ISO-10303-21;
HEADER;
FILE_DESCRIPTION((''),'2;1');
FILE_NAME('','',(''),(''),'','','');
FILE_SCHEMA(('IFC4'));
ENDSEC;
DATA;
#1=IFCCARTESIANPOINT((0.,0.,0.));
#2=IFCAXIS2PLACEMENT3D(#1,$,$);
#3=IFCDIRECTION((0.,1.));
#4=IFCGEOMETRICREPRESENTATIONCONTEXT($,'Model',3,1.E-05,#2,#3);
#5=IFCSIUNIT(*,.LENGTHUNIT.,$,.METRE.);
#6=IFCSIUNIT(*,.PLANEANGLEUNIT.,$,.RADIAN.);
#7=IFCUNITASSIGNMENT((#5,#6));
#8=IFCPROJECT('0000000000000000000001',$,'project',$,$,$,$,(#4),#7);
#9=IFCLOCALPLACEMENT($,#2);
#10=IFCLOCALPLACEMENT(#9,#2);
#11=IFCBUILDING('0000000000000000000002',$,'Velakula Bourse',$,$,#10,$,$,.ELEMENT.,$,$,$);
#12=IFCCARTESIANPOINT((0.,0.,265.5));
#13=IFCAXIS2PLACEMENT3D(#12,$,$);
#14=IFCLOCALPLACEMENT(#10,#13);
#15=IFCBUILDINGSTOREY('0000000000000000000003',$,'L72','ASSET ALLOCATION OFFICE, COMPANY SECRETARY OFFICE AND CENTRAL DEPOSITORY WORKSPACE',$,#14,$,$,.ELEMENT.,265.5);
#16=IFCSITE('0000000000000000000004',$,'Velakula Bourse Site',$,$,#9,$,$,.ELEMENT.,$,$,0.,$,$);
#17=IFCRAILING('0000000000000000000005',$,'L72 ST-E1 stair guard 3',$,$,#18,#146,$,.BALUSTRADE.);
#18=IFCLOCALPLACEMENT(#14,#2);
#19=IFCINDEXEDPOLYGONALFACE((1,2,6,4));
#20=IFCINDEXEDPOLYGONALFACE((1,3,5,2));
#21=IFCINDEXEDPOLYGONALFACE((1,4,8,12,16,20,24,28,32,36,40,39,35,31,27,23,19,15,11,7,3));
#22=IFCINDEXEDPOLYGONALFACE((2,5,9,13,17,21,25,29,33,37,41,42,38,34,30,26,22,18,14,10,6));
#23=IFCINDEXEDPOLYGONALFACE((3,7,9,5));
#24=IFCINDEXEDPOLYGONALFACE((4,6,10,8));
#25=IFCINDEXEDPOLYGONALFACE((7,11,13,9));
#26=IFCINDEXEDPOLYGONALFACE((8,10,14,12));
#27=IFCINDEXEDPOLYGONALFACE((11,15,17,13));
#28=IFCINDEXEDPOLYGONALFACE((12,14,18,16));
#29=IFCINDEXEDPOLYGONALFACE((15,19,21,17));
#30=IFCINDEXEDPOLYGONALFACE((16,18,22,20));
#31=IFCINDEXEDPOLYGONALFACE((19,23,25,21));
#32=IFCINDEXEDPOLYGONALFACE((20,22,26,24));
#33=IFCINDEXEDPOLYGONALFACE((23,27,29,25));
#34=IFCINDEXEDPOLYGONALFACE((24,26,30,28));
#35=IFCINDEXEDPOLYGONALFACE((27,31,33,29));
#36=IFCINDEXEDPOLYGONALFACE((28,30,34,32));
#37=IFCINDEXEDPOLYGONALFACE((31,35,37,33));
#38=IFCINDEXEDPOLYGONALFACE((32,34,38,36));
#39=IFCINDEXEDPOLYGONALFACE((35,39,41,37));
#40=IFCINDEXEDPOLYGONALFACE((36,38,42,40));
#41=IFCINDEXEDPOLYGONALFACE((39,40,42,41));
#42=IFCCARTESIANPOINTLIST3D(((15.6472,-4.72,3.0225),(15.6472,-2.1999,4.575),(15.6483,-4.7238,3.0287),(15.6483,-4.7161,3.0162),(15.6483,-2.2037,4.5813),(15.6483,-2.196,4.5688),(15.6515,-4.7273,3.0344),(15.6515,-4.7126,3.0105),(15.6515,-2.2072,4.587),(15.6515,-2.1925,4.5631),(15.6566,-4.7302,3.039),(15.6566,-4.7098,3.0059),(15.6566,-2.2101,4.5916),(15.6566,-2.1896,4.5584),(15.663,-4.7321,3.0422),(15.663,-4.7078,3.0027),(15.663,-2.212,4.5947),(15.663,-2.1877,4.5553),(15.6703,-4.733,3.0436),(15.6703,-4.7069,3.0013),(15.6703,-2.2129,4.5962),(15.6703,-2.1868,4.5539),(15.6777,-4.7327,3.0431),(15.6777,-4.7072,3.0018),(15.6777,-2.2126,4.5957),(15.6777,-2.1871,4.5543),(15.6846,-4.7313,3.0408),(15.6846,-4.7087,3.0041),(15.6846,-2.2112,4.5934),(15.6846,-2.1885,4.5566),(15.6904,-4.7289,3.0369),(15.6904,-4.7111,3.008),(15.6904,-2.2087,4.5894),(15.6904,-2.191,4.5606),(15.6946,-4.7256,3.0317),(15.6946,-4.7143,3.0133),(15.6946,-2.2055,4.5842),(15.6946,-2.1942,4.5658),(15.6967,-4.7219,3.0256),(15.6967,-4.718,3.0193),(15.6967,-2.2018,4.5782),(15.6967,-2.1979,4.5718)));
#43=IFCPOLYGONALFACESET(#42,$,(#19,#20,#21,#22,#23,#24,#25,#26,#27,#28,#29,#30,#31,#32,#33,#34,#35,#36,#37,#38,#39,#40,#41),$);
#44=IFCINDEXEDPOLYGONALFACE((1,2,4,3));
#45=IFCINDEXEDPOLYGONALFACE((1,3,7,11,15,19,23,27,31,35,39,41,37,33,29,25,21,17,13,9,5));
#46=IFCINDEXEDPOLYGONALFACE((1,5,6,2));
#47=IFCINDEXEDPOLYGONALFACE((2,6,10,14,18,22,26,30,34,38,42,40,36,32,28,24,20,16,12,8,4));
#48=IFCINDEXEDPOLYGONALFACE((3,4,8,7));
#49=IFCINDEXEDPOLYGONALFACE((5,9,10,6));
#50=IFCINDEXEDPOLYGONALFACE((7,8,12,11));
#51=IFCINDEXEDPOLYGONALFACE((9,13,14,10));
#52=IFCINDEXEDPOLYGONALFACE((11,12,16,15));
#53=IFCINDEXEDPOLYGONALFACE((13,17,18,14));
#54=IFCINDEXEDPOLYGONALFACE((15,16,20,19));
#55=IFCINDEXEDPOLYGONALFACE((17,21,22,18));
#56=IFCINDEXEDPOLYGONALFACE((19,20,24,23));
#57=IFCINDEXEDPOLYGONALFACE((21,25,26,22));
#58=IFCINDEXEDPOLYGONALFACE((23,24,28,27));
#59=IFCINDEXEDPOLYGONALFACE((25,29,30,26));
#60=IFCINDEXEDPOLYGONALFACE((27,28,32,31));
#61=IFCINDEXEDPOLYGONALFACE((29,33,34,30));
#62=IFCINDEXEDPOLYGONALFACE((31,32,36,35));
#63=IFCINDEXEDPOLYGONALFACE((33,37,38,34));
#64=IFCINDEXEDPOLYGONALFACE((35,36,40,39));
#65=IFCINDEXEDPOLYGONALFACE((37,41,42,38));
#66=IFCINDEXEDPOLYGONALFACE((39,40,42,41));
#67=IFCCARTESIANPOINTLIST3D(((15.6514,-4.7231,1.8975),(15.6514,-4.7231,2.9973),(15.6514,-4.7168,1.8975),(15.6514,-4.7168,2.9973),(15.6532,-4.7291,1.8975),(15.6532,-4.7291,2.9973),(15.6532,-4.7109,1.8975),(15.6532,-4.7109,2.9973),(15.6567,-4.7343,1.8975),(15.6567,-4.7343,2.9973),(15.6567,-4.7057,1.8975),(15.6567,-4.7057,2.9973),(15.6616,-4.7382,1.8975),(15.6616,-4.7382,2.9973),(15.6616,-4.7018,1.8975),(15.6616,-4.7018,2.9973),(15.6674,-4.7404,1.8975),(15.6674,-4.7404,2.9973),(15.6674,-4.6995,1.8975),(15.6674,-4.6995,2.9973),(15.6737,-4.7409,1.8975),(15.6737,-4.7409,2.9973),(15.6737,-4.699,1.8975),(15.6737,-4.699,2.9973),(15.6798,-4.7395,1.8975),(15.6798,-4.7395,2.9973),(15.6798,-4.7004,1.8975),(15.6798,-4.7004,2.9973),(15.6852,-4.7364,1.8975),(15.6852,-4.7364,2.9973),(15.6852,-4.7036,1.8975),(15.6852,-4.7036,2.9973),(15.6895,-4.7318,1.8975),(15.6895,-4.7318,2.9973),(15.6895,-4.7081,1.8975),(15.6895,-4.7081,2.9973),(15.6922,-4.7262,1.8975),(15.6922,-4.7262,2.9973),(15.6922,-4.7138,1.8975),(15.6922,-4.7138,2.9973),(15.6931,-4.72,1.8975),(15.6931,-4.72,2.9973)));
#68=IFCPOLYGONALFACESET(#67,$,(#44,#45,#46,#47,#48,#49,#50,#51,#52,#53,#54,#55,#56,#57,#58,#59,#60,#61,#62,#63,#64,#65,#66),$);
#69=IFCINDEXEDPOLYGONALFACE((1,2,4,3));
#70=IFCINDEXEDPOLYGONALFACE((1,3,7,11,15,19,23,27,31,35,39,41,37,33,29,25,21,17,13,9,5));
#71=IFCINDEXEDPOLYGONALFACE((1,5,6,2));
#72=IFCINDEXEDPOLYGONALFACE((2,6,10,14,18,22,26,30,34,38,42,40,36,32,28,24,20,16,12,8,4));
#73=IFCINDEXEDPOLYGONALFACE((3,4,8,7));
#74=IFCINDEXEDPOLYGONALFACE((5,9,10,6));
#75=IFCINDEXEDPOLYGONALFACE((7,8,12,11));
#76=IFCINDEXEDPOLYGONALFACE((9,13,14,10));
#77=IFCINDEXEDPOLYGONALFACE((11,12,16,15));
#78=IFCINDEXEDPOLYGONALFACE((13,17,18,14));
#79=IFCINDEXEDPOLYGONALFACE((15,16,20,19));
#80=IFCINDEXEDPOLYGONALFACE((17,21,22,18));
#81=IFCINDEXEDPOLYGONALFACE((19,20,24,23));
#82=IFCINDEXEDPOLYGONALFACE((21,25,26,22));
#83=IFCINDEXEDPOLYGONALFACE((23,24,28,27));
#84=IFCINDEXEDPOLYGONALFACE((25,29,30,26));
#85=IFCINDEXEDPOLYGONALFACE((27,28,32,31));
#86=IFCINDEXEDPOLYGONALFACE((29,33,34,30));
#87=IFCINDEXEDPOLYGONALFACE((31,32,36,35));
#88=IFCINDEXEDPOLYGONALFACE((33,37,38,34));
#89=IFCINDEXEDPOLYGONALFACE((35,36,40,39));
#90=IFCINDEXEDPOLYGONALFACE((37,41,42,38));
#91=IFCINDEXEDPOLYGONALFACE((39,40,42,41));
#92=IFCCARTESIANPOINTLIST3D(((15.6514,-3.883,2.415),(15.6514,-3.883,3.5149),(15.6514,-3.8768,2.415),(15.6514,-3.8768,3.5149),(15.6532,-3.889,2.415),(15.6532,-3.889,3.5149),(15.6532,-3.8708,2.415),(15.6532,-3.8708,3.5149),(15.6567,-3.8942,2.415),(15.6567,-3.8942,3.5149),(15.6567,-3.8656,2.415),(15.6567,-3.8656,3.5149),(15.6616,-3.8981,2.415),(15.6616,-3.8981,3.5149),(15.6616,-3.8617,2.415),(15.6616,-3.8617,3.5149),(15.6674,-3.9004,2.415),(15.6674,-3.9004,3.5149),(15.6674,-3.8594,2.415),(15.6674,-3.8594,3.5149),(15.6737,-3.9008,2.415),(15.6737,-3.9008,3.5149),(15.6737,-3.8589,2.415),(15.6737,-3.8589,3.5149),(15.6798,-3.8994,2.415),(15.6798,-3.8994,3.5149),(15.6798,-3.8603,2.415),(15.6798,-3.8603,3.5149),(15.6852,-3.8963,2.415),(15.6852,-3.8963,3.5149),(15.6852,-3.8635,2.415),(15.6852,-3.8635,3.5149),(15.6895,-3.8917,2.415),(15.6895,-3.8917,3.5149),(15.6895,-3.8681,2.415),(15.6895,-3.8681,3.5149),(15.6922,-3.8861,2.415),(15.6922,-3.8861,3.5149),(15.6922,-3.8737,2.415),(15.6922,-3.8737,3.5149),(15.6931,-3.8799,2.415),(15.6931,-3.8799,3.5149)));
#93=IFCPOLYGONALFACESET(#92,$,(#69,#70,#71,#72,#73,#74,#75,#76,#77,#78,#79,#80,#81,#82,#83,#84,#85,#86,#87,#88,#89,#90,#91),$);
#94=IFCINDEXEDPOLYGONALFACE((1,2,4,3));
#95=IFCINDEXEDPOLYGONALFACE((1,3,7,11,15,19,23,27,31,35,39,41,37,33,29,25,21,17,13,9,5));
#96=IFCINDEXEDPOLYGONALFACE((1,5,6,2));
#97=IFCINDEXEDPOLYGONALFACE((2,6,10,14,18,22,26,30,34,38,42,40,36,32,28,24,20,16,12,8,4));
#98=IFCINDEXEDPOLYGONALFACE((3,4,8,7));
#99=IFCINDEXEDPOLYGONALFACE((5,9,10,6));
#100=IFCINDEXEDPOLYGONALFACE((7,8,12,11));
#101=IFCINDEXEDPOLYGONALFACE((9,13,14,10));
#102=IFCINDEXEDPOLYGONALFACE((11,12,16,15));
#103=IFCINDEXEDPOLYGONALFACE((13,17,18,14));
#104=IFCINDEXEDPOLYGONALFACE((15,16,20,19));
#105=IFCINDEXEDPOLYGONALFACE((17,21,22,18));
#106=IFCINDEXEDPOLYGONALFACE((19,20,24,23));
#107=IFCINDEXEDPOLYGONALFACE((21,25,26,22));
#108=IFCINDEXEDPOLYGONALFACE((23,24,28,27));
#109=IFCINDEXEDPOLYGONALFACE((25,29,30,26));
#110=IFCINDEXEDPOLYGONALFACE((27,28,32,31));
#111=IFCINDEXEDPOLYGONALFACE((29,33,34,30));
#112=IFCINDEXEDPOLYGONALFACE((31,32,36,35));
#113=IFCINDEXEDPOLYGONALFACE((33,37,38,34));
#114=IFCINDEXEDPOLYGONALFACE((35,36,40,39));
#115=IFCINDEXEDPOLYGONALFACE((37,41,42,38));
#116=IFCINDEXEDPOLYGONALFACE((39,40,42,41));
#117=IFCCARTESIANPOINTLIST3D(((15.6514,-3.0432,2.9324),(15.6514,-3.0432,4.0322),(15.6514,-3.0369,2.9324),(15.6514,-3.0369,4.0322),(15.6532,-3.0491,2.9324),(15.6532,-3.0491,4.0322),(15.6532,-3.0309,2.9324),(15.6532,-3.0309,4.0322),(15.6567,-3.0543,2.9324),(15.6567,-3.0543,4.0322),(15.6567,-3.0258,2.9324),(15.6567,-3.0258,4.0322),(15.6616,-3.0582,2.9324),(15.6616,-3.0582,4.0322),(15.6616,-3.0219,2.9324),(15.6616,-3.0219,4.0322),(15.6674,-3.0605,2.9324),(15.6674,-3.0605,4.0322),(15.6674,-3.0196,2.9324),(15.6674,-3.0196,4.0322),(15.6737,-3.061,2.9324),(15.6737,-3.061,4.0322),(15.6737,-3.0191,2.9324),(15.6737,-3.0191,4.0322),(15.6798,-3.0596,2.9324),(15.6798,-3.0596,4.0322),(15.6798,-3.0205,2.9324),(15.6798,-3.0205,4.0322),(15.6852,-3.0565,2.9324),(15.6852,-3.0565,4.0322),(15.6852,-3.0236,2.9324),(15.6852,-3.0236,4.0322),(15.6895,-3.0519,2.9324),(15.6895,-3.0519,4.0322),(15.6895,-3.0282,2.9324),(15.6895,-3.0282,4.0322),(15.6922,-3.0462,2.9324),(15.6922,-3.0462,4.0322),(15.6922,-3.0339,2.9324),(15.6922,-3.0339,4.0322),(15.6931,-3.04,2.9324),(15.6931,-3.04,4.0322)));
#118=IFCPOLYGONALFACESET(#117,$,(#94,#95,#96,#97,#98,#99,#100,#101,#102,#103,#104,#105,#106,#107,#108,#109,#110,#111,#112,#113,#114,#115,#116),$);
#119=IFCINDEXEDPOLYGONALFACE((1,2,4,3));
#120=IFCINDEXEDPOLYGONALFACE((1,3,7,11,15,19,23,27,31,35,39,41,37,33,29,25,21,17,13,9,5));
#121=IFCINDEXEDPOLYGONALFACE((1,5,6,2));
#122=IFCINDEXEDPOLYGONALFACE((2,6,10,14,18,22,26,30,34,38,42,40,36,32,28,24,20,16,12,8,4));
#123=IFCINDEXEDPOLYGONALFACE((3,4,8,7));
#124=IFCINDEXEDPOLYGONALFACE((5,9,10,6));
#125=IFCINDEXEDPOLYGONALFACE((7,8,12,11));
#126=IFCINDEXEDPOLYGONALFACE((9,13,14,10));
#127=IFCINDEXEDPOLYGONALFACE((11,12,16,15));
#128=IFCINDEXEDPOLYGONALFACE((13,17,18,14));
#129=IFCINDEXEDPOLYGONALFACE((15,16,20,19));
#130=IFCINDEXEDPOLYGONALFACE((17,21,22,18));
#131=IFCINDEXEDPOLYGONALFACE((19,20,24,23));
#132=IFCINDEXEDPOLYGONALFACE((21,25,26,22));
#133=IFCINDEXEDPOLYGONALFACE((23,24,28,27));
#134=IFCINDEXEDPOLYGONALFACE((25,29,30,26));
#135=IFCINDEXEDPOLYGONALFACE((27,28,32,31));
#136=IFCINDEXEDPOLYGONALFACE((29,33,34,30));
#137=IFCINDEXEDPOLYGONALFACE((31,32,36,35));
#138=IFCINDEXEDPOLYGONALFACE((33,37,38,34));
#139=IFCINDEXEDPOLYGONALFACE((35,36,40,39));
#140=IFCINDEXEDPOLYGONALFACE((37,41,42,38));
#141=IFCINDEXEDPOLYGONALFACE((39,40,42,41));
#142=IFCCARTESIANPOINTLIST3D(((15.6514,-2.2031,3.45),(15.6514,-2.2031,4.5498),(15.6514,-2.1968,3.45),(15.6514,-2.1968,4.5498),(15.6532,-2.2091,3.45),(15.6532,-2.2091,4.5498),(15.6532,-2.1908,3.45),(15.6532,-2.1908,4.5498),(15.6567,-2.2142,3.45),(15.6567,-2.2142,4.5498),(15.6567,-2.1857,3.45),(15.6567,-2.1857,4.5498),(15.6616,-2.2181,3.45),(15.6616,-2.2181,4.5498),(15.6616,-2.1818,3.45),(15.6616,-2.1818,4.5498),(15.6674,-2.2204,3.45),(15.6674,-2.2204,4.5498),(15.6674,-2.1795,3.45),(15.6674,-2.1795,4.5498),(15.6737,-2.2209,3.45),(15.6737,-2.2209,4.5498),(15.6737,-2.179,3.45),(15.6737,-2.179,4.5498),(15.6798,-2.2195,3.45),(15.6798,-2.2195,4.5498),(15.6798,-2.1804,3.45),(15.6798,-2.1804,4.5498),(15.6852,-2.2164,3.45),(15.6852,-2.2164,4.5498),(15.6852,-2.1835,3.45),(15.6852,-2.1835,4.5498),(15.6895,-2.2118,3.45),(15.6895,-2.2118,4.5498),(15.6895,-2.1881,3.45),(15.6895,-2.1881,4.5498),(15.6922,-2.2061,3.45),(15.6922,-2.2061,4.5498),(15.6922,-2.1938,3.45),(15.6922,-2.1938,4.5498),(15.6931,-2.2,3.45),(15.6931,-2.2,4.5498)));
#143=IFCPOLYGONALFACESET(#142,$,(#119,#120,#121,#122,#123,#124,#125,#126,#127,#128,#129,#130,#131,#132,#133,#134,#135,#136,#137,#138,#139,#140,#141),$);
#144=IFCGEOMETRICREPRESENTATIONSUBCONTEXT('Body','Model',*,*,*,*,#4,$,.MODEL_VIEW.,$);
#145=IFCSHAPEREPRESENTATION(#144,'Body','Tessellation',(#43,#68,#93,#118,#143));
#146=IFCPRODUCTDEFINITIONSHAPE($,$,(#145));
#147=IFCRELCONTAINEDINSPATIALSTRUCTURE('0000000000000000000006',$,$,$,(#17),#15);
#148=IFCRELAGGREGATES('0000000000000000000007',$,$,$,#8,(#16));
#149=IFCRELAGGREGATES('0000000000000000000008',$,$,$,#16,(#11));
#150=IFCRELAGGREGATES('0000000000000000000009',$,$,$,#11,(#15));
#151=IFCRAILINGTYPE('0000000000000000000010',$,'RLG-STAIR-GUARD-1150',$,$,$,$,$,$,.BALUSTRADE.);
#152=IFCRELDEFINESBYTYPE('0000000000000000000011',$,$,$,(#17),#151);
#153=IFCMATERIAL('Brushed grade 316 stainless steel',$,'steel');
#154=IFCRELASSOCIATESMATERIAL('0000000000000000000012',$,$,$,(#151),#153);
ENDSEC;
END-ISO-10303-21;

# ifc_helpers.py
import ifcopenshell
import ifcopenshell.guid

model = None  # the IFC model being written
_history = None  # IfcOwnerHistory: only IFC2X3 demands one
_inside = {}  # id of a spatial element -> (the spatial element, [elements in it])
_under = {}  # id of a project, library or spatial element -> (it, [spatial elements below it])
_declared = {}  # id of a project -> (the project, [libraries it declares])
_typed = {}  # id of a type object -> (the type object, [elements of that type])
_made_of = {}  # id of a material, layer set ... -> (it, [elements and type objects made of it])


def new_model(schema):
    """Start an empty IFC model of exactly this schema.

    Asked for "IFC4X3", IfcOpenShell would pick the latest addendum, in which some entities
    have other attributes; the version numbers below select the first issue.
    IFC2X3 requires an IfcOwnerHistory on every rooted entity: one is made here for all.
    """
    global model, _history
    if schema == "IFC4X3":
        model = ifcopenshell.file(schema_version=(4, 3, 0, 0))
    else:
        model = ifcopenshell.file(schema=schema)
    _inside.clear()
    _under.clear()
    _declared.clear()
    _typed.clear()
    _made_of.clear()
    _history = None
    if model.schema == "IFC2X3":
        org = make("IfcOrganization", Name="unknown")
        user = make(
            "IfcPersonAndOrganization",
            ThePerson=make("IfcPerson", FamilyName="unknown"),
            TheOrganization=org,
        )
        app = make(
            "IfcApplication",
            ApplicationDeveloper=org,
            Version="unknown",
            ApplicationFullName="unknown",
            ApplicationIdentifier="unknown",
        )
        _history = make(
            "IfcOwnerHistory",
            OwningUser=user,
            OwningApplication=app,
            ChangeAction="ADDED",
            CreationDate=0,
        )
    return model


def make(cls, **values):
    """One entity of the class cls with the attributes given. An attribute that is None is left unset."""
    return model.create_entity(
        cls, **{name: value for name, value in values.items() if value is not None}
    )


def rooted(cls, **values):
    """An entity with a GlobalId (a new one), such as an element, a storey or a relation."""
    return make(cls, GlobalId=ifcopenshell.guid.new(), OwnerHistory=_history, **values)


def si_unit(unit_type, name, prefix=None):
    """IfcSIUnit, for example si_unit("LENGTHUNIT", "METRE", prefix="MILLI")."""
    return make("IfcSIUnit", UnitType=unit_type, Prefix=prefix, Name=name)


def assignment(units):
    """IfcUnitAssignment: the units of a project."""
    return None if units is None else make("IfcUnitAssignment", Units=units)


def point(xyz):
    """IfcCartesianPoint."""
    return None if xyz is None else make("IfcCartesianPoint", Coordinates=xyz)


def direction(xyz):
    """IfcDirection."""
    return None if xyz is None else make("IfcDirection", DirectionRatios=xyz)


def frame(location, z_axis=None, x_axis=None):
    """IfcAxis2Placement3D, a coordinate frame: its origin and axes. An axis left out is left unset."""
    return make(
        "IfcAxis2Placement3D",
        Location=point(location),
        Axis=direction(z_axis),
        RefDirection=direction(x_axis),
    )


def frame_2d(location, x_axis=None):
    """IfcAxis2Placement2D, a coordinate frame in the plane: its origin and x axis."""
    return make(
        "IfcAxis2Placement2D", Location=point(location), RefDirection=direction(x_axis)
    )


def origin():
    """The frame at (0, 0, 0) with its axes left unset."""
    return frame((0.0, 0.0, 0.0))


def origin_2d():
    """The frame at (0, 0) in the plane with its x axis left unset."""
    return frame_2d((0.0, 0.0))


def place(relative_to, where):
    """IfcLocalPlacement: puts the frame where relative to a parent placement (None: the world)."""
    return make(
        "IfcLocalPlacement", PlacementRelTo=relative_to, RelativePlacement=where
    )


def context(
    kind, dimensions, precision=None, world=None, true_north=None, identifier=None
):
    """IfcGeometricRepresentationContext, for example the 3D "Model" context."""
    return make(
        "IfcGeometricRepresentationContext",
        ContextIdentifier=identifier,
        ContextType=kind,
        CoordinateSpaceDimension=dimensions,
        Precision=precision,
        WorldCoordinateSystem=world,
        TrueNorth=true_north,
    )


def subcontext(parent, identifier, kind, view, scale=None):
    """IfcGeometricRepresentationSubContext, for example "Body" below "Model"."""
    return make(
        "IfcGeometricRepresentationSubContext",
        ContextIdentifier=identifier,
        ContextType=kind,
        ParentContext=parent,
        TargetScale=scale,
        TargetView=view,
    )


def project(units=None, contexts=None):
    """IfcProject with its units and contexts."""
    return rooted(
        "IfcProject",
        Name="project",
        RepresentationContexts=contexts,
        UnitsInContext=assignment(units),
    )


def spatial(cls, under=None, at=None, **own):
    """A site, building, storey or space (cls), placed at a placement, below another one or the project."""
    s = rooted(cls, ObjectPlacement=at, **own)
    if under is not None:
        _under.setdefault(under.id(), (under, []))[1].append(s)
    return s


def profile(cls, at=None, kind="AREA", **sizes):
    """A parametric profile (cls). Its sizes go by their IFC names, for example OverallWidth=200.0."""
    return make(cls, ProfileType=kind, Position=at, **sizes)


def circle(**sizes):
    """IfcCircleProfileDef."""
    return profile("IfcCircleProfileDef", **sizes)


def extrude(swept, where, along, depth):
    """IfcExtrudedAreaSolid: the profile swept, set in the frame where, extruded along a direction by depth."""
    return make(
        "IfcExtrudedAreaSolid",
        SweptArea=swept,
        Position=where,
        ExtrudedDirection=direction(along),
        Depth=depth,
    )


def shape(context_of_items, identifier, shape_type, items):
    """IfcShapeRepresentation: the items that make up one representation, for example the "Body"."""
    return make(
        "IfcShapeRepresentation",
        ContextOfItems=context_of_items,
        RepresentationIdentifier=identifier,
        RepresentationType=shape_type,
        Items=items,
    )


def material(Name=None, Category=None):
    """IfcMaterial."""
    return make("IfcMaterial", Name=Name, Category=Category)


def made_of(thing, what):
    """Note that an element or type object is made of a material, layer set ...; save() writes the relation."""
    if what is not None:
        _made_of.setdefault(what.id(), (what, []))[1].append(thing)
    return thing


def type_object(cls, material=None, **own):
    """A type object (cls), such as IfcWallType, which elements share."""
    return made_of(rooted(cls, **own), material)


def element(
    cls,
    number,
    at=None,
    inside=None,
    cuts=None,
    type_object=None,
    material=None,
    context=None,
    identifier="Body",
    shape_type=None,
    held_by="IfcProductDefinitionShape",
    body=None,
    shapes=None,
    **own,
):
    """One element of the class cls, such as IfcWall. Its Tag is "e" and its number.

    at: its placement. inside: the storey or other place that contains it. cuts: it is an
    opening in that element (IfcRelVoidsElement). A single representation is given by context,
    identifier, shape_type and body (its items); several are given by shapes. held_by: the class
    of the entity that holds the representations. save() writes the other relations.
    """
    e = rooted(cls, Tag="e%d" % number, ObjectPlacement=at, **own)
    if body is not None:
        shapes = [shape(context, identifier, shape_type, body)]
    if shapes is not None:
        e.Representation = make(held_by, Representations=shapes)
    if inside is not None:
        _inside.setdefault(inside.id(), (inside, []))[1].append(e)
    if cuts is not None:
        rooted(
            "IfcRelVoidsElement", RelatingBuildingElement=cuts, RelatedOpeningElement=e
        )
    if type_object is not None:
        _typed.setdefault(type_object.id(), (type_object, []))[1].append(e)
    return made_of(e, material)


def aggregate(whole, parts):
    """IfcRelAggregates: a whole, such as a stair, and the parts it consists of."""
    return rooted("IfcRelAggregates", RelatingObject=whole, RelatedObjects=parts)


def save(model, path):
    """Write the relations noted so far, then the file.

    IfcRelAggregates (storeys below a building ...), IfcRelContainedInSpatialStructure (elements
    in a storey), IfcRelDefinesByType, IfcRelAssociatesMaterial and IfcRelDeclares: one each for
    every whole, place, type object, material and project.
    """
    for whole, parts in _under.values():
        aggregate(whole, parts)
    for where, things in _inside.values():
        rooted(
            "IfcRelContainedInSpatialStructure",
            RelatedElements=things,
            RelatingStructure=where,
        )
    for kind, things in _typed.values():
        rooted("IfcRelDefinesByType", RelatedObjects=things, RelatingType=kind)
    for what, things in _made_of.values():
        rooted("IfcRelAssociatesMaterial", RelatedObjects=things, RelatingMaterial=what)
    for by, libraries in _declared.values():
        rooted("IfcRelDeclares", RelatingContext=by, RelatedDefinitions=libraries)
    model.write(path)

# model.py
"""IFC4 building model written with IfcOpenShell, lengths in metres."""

from ifc_helpers import new_model, si_unit, direction, frame, origin, origin_2d, place, context, subcontext, project, spatial, circle, extrude, material, type_object, element, save


model = new_model("IFC4")

# Units and contexts
model_context = context("Model", 3, precision=1e-05, world=origin(), true_north=direction((0.0, 1.0)))
body_context = subcontext(model_context, "Body", "Model", "MODEL_VIEW")
ifc_project = project(units=[si_unit("LENGTHUNIT", "METRE"), si_unit("PLANEANGLEUNIT", "RADIAN")], contexts=[model_context])

# Site, building, storey
site_placement = place(None, origin())
site = spatial("IfcSite", under=ifc_project, at=site_placement, Name="Velakula Bourse Site", CompositionType="ELEMENT", RefElevation=0.0)
building_placement = place(site_placement, origin())
building = spatial("IfcBuilding", under=site, at=building_placement, Name="Velakula Bourse", CompositionType="ELEMENT")
storey_placement = place(building_placement, frame((0.0, 0.0, 265.5)))
storey = spatial("IfcBuildingStorey", under=building, at=storey_placement, Name="L72", Description="ASSET ALLOCATION OFFICE, COMPANY SECRETARY OFFICE AND CENTRAL DEPOSITORY WORKSPACE", CompositionType="ELEMENT", Elevation=265.5)

# Shared definitions
ifc_material_1 = material(Name="Brushed grade 316 stainless steel", Category="steel")

# Railing
railing_type_1 = type_object("IfcRailingType", Name="RLG-STAIR-GUARD-1150", PredefinedType="BALUSTRADE", material=ifc_material_1)
railing_1_placement = place(storey_placement, frame((15.6721, -4.72, 1.8975)))
element("IfcRailing", 1, at=railing_1_placement, inside=storey, type_object=railing_type_1, Name="L72 ST-E1 stair guard 3", PredefinedType="BALUSTRADE", context=body_context, shape_type="SweptSolid", body=[
    extrude(circle(Radius=0.0249, at=origin_2d()), frame((0.0, 0.0, 1.125), z_axis=(0.0, 0.8514, 0.524516), x_axis=(-1.0, 0.0, 0.0)), (0.0, 0.0, 1.0), 2.96),
    extrude(circle(Radius=0.021, at=origin_2d()), origin(), (0.0, 0.0, 1.0), 1.0999),
    extrude(circle(Radius=0.021, at=origin_2d()), frame((0.0, 0.8401, 0.5176)), (0.0, 0.0, 1.0), 1.0999),
    extrude(circle(Radius=0.021, at=origin_2d()), frame((0.0, 1.6799, 1.0349)), (0.0, 0.0, 1.0), 1.0999),
    extrude(circle(Radius=0.021, at=origin_2d()), frame((0.0, 2.52, 1.5525)), (0.0, 0.0, 1.0), 1.0999),
])

save(model, "model.ifc")
